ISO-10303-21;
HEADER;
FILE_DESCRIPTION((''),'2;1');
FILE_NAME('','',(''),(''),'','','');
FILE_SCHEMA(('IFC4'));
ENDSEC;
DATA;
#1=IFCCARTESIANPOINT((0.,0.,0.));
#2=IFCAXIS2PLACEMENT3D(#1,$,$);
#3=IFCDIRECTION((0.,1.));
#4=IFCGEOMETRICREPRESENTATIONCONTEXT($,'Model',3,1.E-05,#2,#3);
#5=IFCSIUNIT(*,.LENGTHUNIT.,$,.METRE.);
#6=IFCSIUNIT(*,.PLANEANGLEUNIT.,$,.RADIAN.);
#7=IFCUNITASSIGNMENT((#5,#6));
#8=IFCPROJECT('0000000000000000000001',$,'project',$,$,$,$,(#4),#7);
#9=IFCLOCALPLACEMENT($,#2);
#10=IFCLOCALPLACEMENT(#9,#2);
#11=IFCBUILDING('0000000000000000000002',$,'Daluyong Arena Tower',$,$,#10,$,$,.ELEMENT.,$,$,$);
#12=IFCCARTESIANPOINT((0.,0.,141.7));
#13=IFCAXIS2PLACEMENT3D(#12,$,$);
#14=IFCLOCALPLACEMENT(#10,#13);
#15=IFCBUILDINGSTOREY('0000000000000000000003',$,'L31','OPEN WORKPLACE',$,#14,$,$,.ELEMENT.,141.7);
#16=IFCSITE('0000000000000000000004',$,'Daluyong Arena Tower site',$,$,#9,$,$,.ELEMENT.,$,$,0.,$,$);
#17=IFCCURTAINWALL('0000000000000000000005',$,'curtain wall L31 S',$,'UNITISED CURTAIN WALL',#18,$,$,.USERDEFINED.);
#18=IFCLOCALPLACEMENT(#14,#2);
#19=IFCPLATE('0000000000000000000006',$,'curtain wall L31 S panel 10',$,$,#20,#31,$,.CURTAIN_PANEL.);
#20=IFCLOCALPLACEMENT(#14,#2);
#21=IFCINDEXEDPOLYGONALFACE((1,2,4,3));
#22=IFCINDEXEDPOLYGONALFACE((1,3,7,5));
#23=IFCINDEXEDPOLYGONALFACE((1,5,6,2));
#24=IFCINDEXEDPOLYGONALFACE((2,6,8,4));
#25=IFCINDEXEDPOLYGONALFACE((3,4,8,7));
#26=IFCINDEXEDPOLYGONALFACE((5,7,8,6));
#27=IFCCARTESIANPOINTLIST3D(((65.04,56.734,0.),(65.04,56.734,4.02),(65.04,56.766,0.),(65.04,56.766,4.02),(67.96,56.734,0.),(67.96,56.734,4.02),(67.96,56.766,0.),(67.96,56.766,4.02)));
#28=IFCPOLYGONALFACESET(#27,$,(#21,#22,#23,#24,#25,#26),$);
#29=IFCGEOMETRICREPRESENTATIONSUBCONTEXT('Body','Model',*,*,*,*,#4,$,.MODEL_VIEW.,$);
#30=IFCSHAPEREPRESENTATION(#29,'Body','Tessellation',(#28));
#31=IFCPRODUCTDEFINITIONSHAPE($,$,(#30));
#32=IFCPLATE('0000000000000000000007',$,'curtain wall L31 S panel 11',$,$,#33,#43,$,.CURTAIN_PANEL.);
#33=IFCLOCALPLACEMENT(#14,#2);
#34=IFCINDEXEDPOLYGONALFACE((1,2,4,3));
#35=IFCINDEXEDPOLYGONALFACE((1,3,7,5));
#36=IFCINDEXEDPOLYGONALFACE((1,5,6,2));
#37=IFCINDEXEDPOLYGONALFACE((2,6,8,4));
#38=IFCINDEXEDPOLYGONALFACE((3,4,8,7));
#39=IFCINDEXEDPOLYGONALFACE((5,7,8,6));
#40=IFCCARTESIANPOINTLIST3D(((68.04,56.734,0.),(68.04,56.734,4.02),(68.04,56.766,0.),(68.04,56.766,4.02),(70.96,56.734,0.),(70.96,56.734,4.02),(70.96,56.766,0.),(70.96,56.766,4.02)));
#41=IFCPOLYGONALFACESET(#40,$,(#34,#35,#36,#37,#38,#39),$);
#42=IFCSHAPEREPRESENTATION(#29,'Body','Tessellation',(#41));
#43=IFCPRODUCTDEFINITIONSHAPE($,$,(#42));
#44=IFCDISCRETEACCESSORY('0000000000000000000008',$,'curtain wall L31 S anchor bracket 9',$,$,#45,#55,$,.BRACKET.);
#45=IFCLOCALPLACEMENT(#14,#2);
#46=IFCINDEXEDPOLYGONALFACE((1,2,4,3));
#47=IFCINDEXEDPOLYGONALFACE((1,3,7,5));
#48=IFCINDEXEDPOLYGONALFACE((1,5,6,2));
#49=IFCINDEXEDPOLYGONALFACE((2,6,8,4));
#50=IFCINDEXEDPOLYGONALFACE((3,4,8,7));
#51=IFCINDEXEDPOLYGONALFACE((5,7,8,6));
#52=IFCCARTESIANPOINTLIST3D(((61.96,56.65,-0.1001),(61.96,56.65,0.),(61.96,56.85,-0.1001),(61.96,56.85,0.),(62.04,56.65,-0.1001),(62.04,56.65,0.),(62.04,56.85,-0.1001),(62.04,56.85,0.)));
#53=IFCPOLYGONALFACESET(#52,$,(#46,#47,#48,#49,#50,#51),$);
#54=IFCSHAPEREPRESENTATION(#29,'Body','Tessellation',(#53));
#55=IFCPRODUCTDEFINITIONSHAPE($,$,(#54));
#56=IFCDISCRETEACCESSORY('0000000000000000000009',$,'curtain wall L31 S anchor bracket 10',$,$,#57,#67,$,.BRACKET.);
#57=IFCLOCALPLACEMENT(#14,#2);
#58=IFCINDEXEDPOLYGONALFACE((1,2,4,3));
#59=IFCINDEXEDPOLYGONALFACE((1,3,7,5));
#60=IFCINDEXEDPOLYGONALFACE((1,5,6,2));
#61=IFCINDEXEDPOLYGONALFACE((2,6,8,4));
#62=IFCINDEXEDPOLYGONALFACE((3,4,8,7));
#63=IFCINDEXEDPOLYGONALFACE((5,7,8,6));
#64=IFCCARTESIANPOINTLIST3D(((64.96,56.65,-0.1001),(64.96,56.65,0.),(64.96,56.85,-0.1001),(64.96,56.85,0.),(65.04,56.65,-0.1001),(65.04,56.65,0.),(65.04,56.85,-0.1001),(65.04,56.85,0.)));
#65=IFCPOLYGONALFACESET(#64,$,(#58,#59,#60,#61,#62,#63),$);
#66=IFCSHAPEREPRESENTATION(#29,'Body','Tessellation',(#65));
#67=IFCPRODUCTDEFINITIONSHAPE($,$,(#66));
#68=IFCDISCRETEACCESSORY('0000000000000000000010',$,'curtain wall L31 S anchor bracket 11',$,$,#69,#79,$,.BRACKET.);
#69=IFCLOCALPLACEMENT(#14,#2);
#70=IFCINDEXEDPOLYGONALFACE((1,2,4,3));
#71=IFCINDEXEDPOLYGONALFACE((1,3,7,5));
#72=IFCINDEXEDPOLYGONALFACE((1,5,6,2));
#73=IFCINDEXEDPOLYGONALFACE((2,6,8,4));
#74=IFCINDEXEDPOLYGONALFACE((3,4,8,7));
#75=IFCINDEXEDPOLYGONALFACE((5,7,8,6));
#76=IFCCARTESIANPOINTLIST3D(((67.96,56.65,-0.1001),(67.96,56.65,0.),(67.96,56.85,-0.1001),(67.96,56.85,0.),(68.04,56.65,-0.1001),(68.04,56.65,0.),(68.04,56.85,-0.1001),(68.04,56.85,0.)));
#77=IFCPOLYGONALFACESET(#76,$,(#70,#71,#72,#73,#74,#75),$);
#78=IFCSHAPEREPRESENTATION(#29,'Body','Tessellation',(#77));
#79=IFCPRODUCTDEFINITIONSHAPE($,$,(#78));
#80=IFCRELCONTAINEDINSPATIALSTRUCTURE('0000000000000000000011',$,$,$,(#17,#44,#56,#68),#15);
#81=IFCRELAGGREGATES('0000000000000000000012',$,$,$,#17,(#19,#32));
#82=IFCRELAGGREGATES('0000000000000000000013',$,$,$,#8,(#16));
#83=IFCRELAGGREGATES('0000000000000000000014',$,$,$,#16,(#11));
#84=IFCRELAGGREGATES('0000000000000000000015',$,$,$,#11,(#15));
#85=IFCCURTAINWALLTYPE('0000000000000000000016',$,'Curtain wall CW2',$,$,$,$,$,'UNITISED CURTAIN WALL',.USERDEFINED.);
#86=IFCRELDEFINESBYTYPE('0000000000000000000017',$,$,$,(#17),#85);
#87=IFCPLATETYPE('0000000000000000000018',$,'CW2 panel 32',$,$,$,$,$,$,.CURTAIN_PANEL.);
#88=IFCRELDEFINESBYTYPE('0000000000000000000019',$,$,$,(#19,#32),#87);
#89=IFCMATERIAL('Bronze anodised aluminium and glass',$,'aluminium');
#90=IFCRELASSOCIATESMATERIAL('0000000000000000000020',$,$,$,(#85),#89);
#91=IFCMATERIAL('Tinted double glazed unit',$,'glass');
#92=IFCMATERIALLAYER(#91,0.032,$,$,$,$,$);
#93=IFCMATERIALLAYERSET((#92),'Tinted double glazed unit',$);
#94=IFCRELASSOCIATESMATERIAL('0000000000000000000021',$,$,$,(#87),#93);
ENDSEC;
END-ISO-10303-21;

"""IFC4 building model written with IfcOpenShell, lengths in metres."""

from ifc_helpers import new_model, si_unit, direction, frame, origin, origin_2d, place, context, subcontext, project, spatial, rectangle, extrude, material, layer, layer_set, type_object, element, aggregate, save


model = new_model("IFC4")

# Units and contexts
model_context = context("Model", 3, precision=1e-05, world=origin(), true_north=direction((0.0, 1.0)))
body_context = subcontext(model_context, "Body", "Model", "MODEL_VIEW")
ifc_project = project(units=[si_unit("LENGTHUNIT", "METRE"), si_unit("PLANEANGLEUNIT", "RADIAN")], contexts=[model_context])

# Site, building, storey
site_placement = place(None, origin())
site = spatial("IfcSite", under=ifc_project, at=site_placement, Name="Daluyong Arena Tower site", CompositionType="ELEMENT", RefElevation=0.0)
building_placement = place(site_placement, origin())
building = spatial("IfcBuilding", under=site, at=building_placement, Name="Daluyong Arena Tower", CompositionType="ELEMENT")
storey_placement = place(building_placement, frame((0.0, 0.0, 141.7)))
storey = spatial("IfcBuildingStorey", under=building, at=storey_placement, Name="L31", Description="OPEN WORKPLACE", CompositionType="ELEMENT", Elevation=141.7)

# Curtain wall
ifc_material_1 = material(Name="Bronze anodised aluminium and glass", Category="aluminium")
curtain_wall_type = type_object("IfcCurtainWallType", Name="Curtain wall CW2", ElementType="UNITISED CURTAIN WALL", PredefinedType="USERDEFINED", material=ifc_material_1)
curtain_wall_placement = place(storey_placement, origin())
curtain_wall = element("IfcCurtainWall", 1, at=curtain_wall_placement, inside=storey, type_object=curtain_wall_type, Name="curtain wall L31 S", ObjectType="UNITISED CURTAIN WALL", PredefinedType="USERDEFINED")

# Plates
ifc_material_2 = material(Name="Tinted double glazed unit", Category="glass")
ifc_layer = layer(ifc_material_2, 0.032)
ifc_layer_set = layer_set([ifc_layer], Name="Tinted double glazed unit")
plate_type = type_object("IfcPlateType", Name="CW2 panel 32", PredefinedType="CURTAIN_PANEL", material=ifc_layer_set)
plate_1_placement = place(storey_placement, frame((66.5, 56.75, 0.0), z_axis=(0.0, 0.0, 1.0), x_axis=(1.0, 0.0, 0.0)))
plate_1 = element("IfcPlate", 2, at=plate_1_placement, type_object=plate_type, Name="curtain wall L31 S panel 10", PredefinedType="CURTAIN_PANEL", context=body_context, shape_type="SweptSolid", body=[
    extrude(rectangle(XDim=2.9199, YDim=0.032, at=origin_2d()), origin(), (0.0, 0.0, 1.0), 4.02),
])
plate_2_placement = place(storey_placement, frame((69.5, 56.75, 0.0), z_axis=(0.0, 0.0, 1.0), x_axis=(1.0, 0.0, 0.0)))
plate_2 = element("IfcPlate", 3, at=plate_2_placement, type_object=plate_type, Name="curtain wall L31 S panel 11", PredefinedType="CURTAIN_PANEL", context=body_context, shape_type="SweptSolid", body=[
    extrude(rectangle(XDim=2.9199, YDim=0.032, at=origin_2d()), origin(), (0.0, 0.0, 1.0), 4.02),
])
aggregate(curtain_wall, [plate_1, plate_2])

# Discrete accessories
for number, where, z_axis, x_axis, name in (
    (4, (62.0, 56.75, -0.1001), (0.0, 0.0, 1.0), (1.0, 0.0, 0.0), "curtain wall L31 S anchor bracket 9"),
    (5, (65.0, 56.75, -0.1001), (0.0, 0.0, 1.0), (1.0, 0.0, 0.0), "curtain wall L31 S anchor bracket 10"),
    (6, (68.0, 56.75, -0.1001), (0.0, 0.0, 1.0), (1.0, 0.0, 0.0), "curtain wall L31 S anchor bracket 11"),
):
    element("IfcDiscreteAccessory", number, at=place(storey_placement, frame(where, z_axis=z_axis, x_axis=x_axis)), inside=storey, Name=name, PredefinedType="BRACKET", context=body_context, shape_type="SweptSolid", body=[
        extrude(rectangle(XDim=0.0801, YDim=0.2, at=origin_2d()), origin(), (0.0, 0.0, 1.0), 0.1001),
    ])

save(model, "model.ifc")
